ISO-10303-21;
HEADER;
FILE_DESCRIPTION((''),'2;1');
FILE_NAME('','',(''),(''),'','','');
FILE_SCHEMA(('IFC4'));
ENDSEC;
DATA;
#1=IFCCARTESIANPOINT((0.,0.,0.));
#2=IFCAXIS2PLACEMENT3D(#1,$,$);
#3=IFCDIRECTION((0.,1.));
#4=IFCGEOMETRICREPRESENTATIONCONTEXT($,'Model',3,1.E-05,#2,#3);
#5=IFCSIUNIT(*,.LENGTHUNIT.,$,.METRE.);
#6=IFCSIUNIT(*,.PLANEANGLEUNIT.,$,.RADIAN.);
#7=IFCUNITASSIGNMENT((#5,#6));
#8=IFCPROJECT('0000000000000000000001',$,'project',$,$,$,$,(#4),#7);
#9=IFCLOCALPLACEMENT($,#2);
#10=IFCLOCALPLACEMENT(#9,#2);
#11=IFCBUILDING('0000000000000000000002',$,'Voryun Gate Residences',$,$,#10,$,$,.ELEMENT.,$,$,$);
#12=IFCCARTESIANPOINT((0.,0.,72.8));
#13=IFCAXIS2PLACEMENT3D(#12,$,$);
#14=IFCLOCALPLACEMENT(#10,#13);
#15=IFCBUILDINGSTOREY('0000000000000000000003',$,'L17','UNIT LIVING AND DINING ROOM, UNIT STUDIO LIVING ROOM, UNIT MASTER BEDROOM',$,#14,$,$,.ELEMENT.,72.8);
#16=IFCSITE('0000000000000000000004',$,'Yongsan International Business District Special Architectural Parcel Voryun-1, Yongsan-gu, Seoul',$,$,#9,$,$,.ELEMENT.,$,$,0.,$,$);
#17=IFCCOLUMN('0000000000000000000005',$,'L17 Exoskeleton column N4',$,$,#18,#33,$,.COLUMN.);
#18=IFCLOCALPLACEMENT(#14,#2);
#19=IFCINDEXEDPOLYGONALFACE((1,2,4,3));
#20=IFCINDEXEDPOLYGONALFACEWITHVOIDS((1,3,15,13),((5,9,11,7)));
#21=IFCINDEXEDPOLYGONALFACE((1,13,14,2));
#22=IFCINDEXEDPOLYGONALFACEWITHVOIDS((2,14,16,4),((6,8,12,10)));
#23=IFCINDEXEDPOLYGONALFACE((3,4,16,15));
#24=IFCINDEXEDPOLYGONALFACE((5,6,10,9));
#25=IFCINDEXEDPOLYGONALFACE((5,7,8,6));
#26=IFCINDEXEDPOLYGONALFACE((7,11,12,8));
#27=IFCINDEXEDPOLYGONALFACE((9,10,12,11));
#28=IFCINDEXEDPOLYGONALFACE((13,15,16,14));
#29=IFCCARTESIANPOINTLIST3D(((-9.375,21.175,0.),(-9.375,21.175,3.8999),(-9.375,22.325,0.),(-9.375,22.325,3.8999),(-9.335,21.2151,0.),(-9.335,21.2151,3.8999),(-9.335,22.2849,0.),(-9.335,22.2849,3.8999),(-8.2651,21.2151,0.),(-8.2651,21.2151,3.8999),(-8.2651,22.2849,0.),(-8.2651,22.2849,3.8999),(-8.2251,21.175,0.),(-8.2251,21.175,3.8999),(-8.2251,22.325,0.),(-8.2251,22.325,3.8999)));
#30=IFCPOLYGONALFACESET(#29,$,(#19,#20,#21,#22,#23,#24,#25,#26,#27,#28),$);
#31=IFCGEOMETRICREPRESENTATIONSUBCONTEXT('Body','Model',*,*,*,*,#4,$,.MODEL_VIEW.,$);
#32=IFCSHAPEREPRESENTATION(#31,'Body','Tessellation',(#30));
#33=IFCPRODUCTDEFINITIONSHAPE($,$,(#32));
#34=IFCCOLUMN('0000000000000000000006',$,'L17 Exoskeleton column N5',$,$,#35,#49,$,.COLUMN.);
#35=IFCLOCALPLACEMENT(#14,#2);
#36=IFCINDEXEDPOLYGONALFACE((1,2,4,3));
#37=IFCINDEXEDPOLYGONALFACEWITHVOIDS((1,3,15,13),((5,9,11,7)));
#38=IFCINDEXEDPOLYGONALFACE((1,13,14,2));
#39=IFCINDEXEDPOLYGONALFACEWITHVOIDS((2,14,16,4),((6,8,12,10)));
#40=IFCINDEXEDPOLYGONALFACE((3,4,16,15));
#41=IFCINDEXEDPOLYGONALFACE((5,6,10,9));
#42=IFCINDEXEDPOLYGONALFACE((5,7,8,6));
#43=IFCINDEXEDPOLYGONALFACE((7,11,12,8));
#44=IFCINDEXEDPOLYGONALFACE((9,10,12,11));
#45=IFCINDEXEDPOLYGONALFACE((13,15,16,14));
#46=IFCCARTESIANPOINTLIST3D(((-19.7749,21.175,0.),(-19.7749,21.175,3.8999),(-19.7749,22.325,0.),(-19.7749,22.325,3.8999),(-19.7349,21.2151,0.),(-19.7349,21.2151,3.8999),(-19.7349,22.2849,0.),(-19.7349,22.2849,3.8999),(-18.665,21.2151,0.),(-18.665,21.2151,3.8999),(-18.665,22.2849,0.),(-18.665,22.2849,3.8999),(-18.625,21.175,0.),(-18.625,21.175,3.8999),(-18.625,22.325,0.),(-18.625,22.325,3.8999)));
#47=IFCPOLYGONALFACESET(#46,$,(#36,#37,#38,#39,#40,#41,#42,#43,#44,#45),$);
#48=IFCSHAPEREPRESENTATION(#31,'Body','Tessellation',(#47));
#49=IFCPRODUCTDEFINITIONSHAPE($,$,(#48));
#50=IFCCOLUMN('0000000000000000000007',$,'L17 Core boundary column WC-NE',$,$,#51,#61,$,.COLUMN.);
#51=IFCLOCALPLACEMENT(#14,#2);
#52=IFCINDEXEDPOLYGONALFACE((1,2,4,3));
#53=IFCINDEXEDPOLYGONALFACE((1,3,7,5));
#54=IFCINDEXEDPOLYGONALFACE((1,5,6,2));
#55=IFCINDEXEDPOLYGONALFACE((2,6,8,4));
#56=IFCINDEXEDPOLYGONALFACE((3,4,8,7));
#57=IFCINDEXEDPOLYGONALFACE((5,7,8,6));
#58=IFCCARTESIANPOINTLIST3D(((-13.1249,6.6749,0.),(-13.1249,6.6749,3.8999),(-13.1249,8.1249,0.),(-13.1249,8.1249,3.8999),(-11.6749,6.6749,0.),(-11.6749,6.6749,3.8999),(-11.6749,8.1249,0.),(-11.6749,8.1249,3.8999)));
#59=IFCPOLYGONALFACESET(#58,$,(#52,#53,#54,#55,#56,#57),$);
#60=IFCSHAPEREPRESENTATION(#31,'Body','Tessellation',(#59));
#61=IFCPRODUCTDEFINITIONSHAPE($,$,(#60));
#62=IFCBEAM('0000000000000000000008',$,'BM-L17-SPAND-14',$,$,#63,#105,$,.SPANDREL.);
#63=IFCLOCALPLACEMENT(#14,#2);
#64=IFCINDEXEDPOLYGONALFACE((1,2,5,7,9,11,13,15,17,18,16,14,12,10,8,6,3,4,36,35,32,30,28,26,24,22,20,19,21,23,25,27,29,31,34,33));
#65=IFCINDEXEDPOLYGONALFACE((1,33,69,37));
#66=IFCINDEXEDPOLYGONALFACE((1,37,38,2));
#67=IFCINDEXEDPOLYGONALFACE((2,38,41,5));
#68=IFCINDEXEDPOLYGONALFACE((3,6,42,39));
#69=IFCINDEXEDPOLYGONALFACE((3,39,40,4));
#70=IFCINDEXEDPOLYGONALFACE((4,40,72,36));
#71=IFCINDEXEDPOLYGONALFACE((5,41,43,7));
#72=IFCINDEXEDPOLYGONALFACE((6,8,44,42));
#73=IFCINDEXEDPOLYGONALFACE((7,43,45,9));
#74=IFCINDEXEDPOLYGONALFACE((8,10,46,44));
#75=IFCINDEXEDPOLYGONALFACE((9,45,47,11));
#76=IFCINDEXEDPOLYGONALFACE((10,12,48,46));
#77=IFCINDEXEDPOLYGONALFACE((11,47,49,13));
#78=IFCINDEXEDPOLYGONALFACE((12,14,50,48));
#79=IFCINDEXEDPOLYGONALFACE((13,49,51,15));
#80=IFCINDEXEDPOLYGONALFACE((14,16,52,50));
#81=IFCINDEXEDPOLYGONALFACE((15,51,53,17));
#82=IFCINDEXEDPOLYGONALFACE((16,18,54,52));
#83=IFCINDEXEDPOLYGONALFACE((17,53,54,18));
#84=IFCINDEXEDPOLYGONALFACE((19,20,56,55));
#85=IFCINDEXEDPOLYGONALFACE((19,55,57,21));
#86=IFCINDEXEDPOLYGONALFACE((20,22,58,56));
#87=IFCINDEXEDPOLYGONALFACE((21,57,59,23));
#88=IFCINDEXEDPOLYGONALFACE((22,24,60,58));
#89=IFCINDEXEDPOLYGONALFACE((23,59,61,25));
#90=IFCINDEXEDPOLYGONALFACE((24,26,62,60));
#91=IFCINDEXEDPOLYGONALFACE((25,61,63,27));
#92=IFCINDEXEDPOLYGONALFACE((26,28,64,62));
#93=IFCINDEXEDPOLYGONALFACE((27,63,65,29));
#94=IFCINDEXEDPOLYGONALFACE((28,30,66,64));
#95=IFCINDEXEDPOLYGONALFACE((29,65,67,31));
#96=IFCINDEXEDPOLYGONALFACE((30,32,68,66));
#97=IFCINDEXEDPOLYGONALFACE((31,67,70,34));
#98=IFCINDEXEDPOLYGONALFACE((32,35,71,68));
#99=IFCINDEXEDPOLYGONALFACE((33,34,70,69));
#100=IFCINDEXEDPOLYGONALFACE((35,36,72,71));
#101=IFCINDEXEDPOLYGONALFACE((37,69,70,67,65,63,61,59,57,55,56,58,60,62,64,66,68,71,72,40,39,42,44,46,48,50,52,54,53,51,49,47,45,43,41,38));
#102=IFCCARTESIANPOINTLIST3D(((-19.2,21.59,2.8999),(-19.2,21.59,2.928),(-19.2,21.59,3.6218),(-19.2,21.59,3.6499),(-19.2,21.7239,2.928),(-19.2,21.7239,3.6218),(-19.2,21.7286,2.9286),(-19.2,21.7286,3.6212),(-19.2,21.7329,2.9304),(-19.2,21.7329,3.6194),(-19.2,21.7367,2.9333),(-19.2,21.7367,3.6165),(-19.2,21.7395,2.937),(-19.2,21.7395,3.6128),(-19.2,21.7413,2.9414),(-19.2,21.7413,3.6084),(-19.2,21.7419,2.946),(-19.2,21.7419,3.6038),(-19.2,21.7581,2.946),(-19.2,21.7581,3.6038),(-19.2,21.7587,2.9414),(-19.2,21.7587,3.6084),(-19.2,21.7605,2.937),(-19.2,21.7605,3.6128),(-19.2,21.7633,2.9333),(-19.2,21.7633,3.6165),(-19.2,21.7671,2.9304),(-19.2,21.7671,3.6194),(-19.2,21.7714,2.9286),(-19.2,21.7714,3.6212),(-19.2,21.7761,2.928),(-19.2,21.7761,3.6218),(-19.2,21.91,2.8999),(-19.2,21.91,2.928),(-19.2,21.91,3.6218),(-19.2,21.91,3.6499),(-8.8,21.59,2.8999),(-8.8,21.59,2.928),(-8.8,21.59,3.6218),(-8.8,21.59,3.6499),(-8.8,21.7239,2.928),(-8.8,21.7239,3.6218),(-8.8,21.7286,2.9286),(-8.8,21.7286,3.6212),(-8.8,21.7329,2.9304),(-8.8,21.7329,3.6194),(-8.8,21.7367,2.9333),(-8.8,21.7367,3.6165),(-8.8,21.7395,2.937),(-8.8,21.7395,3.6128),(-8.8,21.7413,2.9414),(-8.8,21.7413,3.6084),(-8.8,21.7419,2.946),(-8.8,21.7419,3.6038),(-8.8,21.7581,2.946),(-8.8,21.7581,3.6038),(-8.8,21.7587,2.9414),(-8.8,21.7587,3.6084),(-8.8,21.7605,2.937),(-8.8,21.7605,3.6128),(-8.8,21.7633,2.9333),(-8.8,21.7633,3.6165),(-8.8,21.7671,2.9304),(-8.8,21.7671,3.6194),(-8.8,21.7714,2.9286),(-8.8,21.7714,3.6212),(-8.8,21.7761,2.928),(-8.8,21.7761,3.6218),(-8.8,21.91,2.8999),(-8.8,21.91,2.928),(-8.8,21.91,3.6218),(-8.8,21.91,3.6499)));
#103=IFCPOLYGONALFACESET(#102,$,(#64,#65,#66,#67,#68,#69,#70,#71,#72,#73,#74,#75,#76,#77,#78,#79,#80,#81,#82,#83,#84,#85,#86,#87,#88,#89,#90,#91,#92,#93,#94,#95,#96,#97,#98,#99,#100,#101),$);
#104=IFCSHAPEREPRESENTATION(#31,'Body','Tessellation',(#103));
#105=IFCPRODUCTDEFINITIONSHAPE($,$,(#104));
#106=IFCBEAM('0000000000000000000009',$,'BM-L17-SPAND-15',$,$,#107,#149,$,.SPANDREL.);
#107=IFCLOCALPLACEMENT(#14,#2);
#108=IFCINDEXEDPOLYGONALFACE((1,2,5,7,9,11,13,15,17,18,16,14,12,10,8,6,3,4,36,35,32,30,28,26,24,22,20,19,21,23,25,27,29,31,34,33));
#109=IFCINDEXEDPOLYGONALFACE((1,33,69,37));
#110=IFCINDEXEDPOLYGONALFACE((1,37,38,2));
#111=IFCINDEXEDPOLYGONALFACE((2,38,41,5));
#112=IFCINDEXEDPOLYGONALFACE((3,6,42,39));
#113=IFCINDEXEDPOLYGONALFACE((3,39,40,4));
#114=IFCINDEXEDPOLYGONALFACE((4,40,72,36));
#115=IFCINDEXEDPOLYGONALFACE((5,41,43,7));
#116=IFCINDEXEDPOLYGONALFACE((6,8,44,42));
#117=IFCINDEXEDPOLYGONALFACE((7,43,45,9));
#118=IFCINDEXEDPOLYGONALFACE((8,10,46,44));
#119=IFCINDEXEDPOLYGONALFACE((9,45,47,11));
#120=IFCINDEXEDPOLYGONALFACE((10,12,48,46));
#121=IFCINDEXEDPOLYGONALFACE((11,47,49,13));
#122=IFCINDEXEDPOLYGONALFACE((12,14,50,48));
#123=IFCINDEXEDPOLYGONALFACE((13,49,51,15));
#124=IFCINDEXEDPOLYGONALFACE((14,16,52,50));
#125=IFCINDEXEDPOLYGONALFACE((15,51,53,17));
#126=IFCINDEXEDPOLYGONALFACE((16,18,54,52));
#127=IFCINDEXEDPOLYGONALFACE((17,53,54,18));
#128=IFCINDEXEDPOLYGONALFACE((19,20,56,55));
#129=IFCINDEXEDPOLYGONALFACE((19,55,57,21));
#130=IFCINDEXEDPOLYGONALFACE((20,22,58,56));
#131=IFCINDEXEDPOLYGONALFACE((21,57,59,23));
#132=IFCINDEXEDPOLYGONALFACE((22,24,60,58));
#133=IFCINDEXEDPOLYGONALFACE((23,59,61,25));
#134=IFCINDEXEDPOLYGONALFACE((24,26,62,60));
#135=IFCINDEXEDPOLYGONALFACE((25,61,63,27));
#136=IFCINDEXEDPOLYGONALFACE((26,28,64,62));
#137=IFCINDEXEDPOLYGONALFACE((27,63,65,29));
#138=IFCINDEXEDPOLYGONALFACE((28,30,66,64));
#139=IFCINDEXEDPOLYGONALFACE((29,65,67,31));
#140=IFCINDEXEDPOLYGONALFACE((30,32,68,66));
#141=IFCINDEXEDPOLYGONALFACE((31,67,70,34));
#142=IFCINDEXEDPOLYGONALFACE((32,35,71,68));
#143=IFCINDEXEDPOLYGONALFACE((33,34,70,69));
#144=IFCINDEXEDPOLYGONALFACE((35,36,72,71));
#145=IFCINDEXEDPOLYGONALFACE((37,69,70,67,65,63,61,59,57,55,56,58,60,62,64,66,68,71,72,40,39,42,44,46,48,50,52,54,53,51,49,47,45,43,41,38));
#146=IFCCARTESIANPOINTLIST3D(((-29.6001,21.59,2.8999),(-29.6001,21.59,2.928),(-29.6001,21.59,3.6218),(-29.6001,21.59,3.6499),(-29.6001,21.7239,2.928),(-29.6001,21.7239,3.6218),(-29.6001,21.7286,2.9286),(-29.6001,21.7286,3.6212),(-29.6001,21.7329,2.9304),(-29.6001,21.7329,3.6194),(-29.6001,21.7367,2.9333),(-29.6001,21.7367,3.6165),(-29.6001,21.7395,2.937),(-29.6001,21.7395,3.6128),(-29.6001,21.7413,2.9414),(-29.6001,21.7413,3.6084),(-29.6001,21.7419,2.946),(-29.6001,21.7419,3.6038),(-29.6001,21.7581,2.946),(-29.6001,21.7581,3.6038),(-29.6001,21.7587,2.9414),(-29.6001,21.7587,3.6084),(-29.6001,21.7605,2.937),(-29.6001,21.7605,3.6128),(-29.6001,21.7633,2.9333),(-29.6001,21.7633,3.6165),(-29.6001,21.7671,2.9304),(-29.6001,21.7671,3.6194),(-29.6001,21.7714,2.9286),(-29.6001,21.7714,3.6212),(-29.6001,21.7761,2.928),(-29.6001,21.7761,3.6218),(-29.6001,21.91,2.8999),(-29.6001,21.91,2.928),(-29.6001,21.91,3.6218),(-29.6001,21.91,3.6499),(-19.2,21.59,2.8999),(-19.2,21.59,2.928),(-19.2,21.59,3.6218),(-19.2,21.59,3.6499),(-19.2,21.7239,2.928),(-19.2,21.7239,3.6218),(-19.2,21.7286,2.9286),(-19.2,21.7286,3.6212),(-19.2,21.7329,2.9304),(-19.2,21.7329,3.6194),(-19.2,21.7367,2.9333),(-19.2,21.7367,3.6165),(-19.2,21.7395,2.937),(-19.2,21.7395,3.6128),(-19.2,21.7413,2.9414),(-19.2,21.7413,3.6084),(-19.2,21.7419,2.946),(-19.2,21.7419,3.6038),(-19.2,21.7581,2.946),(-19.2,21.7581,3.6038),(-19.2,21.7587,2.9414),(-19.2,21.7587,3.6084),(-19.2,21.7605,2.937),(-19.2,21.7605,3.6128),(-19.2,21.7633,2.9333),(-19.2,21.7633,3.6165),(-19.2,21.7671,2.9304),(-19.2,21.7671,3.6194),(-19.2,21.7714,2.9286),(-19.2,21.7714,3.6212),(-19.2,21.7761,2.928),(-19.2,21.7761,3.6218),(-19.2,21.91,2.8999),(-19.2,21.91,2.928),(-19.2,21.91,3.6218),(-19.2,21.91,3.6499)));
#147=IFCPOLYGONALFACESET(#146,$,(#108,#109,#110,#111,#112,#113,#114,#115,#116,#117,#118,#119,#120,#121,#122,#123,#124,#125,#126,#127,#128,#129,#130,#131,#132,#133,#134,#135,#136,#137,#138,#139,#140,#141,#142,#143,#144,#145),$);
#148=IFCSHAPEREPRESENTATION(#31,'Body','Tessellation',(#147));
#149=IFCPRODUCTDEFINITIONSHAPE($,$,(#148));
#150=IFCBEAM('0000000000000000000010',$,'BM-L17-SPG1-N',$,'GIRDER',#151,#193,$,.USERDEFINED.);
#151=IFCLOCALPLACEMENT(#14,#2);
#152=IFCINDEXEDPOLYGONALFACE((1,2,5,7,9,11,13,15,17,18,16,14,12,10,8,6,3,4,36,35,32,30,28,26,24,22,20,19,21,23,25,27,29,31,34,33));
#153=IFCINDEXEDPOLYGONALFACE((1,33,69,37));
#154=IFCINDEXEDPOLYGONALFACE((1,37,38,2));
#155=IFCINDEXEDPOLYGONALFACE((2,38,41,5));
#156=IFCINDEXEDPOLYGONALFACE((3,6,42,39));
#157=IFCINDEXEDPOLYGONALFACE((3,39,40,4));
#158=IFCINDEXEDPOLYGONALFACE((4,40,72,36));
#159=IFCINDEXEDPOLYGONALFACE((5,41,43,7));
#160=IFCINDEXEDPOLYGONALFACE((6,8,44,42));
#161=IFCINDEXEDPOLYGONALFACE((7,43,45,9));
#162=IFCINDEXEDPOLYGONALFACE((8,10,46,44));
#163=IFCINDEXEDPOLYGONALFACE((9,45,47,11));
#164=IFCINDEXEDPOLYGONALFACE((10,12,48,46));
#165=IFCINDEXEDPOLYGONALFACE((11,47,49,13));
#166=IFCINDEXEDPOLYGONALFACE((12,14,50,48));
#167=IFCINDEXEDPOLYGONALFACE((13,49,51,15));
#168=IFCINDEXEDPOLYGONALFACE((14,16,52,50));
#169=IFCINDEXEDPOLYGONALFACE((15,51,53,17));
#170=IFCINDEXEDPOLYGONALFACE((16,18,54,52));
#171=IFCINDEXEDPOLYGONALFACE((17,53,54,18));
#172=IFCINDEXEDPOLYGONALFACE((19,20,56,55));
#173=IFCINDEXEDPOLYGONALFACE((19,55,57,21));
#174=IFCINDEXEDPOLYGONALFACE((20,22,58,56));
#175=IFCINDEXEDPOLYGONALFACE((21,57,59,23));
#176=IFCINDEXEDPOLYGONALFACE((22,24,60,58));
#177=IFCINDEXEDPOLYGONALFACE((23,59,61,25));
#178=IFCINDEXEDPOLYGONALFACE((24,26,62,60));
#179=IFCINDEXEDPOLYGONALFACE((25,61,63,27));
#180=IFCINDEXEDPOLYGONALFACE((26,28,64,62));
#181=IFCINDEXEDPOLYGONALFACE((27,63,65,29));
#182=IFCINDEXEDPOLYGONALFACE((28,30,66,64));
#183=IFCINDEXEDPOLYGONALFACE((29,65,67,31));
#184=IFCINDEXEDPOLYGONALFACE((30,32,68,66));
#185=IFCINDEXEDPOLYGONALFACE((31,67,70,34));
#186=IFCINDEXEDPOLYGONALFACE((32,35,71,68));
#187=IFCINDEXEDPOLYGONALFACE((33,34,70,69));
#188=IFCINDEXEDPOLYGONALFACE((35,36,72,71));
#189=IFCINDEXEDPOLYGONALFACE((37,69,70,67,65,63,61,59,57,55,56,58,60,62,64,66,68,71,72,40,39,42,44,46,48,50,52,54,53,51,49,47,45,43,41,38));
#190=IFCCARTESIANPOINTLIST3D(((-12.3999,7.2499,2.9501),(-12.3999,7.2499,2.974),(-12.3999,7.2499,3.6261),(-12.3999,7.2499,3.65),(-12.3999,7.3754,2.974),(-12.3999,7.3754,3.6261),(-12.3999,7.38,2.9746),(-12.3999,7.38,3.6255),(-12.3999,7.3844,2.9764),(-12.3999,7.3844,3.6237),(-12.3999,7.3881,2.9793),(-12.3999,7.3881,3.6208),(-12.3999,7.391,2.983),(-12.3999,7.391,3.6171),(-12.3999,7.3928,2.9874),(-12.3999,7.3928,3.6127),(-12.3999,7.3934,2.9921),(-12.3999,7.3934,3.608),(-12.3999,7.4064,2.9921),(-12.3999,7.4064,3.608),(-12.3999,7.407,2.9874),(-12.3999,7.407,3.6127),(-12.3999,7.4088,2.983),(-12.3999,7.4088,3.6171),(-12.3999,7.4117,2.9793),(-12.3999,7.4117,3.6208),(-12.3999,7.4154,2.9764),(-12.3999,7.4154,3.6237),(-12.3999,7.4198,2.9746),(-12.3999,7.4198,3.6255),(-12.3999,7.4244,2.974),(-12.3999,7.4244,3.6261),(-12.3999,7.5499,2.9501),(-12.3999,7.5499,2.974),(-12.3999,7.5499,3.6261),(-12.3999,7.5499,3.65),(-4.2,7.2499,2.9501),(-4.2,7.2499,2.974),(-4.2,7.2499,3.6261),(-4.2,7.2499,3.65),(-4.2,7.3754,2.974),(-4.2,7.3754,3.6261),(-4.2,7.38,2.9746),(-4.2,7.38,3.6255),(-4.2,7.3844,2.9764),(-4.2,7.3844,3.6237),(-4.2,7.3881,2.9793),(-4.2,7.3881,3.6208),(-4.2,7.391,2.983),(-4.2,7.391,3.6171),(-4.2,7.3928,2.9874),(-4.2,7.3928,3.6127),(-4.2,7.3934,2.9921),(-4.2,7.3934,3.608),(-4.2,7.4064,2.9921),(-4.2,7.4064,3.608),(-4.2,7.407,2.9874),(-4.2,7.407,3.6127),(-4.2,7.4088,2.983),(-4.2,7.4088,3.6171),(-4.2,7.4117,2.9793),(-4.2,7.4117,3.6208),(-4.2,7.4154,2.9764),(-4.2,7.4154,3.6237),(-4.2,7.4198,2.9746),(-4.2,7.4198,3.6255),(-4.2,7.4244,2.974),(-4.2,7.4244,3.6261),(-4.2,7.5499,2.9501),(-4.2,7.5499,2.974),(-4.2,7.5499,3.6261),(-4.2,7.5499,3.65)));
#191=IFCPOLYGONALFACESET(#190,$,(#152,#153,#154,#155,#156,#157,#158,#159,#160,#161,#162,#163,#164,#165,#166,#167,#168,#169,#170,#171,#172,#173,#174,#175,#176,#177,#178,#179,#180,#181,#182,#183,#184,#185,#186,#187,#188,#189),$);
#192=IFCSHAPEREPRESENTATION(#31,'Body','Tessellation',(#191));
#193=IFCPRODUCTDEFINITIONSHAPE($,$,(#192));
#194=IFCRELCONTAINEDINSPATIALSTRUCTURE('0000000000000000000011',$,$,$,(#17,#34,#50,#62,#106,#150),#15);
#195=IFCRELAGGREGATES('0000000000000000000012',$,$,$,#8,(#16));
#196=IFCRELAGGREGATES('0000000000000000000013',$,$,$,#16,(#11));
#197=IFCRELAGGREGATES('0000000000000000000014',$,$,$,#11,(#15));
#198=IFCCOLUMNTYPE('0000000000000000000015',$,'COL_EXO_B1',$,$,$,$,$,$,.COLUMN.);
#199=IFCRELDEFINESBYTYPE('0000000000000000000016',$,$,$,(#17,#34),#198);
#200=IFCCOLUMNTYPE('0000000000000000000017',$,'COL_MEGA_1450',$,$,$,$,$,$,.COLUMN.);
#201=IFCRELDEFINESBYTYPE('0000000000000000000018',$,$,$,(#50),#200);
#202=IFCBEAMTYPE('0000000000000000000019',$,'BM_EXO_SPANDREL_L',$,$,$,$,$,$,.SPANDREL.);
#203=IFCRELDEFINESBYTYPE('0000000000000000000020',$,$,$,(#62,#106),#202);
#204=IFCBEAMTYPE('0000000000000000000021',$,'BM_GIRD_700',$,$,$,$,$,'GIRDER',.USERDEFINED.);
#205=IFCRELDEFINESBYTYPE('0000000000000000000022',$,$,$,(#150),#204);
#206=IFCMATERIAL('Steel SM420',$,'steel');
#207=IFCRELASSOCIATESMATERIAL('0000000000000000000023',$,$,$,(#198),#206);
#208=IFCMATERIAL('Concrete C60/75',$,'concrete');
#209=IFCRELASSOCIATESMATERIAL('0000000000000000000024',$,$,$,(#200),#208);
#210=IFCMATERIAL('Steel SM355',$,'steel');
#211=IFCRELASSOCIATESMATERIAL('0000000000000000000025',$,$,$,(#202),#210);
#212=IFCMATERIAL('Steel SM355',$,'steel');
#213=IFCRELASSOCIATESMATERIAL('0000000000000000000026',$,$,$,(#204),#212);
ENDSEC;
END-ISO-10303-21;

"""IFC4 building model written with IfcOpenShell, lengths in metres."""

from ifc_helpers import new_model, si_unit, direction, frame, origin, origin_2d, place, context, subcontext, project, spatial, rectangle, hollow_rectangle, i_section, extrude, material, material_profile, profile_set, type_object, element, save


model = new_model("IFC4")

# Units and contexts
model_context = context("Model", 3, precision=1e-05, world=origin(), true_north=direction((0.0, 1.0)))
body_context = subcontext(model_context, "Body", "Model", "MODEL_VIEW")
ifc_project = project(units=[si_unit("LENGTHUNIT", "METRE"), si_unit("PLANEANGLEUNIT", "RADIAN")], contexts=[model_context])

# Site, building, storey
site_placement = place(None, origin())
site = spatial("IfcSite", under=ifc_project, at=site_placement, Name="Yongsan International Business District Special Architectural Parcel Voryun-1, Yongsan-gu, Seoul", CompositionType="ELEMENT", RefElevation=0.0)
building_placement = place(site_placement, origin())
building = spatial("IfcBuilding", under=site, at=building_placement, Name="Voryun Gate Residences", CompositionType="ELEMENT")
storey_placement = place(building_placement, frame((0.0, 0.0, 72.8)))
storey = spatial("IfcBuildingStorey", under=building, at=storey_placement, Name="L17", Description="UNIT LIVING AND DINING ROOM, UNIT STUDIO LIVING ROOM, UNIT MASTER BEDROOM", CompositionType="ELEMENT", Elevation=72.8)

# Columns
ifc_material_1 = material(Name="Steel SM420", Category="steel")
ifc_material_profile_1 = material_profile(ifc_material_1, hollow_rectangle(XDim=1.1499, YDim=1.1499, WallThickness=0.04, at=origin_2d()), Name="BOX-1150x1150x40")
ifc_profile_set_1 = profile_set([ifc_material_profile_1], Name="Steel SM420")
column_type_1 = type_object("IfcColumnType", Name="COL_EXO_B1", PredefinedType="COLUMN", material=ifc_profile_set_1)
for number, where, z_axis, x_axis, name in (
    (1, (-8.8, 21.75, 0.0), (0.0, 0.0, 1.0), (1.0, 0.0, 0.0), "L17 Exoskeleton column N4"),
    (2, (-19.2, 21.75, 0.0), (0.0, 0.0, 1.0), (1.0, 0.0, 0.0), "L17 Exoskeleton column N5"),
):
    element("IfcColumn", number, at=place(storey_placement, frame(where, z_axis=z_axis, x_axis=x_axis)), inside=storey, type_object=column_type_1, Name=name, PredefinedType="COLUMN", context=body_context, shape_type="SweptSolid", body=[
        extrude(hollow_rectangle(XDim=1.1499, YDim=1.1499, WallThickness=0.04, at=origin_2d()), origin(), (0.0, 0.0, 1.0), 3.8999),
    ])
ifc_material_2 = material(Name="Concrete C60/75", Category="concrete")
ifc_material_profile_2 = material_profile(ifc_material_2, rectangle(XDim=1.45, YDim=1.45, at=origin_2d()), Name="RC-1450x1450")
ifc_profile_set_2 = profile_set([ifc_material_profile_2], Name="Concrete C60/75")
column_type_2 = type_object("IfcColumnType", Name="COL_MEGA_1450", PredefinedType="COLUMN", material=ifc_profile_set_2)
column_placement = place(storey_placement, frame((-12.3999, 7.3999, 0.0), z_axis=(0.0, 0.0, 1.0), x_axis=(1.0, 0.0, 0.0)))
element("IfcColumn", 3, at=column_placement, inside=storey, type_object=column_type_2, Name="L17 Core boundary column WC-NE", PredefinedType="COLUMN", context=body_context, shape_type="SweptSolid", body=[
    extrude(rectangle(XDim=1.45, YDim=1.45, at=origin_2d()), origin(), (0.0, 0.0, 1.0), 3.8999),
])

# Beams
ifc_material_3 = material(Name="Steel SM355", Category="steel")
ifc_material_profile_3 = material_profile(ifc_material_3, i_section(OverallWidth=0.3201, OverallDepth=0.75, WebThickness=0.0161, FlangeThickness=0.0281, FilletRadius=0.0181, at=origin_2d()), Name="H-750x320x16x28")
ifc_profile_set_3 = profile_set([ifc_material_profile_3], Name="Steel SM355")
beam_type_1 = type_object("IfcBeamType", Name="BM_EXO_SPANDREL_L", PredefinedType="SPANDREL", material=ifc_profile_set_3)
beam_1_placement = place(storey_placement, frame((-8.8, 21.75, 3.2749), z_axis=(-1.0, 0.0, 0.0), x_axis=(0.0, -1.0, 0.0)))
element("IfcBeam", 4, at=beam_1_placement, inside=storey, type_object=beam_type_1, Name="BM-L17-SPAND-14", PredefinedType="SPANDREL", context=body_context, shape_type="SweptSolid", body=[
    extrude(i_section(OverallWidth=0.3201, OverallDepth=0.75, WebThickness=0.0161, FlangeThickness=0.0281, FilletRadius=0.0181, at=origin_2d()), origin(), (0.0, 0.0, 1.0), 10.3999),
])
beam_2_placement = place(storey_placement, frame((-19.2, 21.75, 3.2749), z_axis=(-1.0, 0.0, 0.0), x_axis=(0.0, -1.0, 0.0)))
element("IfcBeam", 5, at=beam_2_placement, inside=storey, type_object=beam_type_1, Name="BM-L17-SPAND-15", PredefinedType="SPANDREL", context=body_context, shape_type="SweptSolid", body=[
    extrude(i_section(OverallWidth=0.3201, OverallDepth=0.75, WebThickness=0.0161, FlangeThickness=0.0281, FilletRadius=0.0181, at=origin_2d()), origin(), (0.0, 0.0, 1.0), 10.4001),
])
ifc_material_4 = material(Name="Steel SM355", Category="steel")
ifc_material_profile_4 = material_profile(ifc_material_4, i_section(OverallWidth=0.3, OverallDepth=0.7, WebThickness=0.0129, FlangeThickness=0.0239, FilletRadius=0.0181, at=origin_2d()), Name="H-700x300x13x24")
ifc_profile_set_4 = profile_set([ifc_material_profile_4], Name="Steel SM355")
beam_type_2 = type_object("IfcBeamType", Name="BM_GIRD_700", ElementType="GIRDER", PredefinedType="USERDEFINED", material=ifc_profile_set_4)
beam_3_placement = place(storey_placement, frame((-12.3999, 7.3999, 3.3), z_axis=(1.0, 0.0, 0.0), x_axis=(0.0, 1.0, 0.0)))
element("IfcBeam", 6, at=beam_3_placement, inside=storey, type_object=beam_type_2, Name="BM-L17-SPG1-N", ObjectType="GIRDER", PredefinedType="USERDEFINED", context=body_context, shape_type="SweptSolid", body=[
    extrude(i_section(OverallWidth=0.3, OverallDepth=0.7, WebThickness=0.0129, FlangeThickness=0.0239, FilletRadius=0.0181, at=origin_2d()), origin(), (0.0, 0.0, 1.0), 8.2),
])

save(model, "model.ifc")
